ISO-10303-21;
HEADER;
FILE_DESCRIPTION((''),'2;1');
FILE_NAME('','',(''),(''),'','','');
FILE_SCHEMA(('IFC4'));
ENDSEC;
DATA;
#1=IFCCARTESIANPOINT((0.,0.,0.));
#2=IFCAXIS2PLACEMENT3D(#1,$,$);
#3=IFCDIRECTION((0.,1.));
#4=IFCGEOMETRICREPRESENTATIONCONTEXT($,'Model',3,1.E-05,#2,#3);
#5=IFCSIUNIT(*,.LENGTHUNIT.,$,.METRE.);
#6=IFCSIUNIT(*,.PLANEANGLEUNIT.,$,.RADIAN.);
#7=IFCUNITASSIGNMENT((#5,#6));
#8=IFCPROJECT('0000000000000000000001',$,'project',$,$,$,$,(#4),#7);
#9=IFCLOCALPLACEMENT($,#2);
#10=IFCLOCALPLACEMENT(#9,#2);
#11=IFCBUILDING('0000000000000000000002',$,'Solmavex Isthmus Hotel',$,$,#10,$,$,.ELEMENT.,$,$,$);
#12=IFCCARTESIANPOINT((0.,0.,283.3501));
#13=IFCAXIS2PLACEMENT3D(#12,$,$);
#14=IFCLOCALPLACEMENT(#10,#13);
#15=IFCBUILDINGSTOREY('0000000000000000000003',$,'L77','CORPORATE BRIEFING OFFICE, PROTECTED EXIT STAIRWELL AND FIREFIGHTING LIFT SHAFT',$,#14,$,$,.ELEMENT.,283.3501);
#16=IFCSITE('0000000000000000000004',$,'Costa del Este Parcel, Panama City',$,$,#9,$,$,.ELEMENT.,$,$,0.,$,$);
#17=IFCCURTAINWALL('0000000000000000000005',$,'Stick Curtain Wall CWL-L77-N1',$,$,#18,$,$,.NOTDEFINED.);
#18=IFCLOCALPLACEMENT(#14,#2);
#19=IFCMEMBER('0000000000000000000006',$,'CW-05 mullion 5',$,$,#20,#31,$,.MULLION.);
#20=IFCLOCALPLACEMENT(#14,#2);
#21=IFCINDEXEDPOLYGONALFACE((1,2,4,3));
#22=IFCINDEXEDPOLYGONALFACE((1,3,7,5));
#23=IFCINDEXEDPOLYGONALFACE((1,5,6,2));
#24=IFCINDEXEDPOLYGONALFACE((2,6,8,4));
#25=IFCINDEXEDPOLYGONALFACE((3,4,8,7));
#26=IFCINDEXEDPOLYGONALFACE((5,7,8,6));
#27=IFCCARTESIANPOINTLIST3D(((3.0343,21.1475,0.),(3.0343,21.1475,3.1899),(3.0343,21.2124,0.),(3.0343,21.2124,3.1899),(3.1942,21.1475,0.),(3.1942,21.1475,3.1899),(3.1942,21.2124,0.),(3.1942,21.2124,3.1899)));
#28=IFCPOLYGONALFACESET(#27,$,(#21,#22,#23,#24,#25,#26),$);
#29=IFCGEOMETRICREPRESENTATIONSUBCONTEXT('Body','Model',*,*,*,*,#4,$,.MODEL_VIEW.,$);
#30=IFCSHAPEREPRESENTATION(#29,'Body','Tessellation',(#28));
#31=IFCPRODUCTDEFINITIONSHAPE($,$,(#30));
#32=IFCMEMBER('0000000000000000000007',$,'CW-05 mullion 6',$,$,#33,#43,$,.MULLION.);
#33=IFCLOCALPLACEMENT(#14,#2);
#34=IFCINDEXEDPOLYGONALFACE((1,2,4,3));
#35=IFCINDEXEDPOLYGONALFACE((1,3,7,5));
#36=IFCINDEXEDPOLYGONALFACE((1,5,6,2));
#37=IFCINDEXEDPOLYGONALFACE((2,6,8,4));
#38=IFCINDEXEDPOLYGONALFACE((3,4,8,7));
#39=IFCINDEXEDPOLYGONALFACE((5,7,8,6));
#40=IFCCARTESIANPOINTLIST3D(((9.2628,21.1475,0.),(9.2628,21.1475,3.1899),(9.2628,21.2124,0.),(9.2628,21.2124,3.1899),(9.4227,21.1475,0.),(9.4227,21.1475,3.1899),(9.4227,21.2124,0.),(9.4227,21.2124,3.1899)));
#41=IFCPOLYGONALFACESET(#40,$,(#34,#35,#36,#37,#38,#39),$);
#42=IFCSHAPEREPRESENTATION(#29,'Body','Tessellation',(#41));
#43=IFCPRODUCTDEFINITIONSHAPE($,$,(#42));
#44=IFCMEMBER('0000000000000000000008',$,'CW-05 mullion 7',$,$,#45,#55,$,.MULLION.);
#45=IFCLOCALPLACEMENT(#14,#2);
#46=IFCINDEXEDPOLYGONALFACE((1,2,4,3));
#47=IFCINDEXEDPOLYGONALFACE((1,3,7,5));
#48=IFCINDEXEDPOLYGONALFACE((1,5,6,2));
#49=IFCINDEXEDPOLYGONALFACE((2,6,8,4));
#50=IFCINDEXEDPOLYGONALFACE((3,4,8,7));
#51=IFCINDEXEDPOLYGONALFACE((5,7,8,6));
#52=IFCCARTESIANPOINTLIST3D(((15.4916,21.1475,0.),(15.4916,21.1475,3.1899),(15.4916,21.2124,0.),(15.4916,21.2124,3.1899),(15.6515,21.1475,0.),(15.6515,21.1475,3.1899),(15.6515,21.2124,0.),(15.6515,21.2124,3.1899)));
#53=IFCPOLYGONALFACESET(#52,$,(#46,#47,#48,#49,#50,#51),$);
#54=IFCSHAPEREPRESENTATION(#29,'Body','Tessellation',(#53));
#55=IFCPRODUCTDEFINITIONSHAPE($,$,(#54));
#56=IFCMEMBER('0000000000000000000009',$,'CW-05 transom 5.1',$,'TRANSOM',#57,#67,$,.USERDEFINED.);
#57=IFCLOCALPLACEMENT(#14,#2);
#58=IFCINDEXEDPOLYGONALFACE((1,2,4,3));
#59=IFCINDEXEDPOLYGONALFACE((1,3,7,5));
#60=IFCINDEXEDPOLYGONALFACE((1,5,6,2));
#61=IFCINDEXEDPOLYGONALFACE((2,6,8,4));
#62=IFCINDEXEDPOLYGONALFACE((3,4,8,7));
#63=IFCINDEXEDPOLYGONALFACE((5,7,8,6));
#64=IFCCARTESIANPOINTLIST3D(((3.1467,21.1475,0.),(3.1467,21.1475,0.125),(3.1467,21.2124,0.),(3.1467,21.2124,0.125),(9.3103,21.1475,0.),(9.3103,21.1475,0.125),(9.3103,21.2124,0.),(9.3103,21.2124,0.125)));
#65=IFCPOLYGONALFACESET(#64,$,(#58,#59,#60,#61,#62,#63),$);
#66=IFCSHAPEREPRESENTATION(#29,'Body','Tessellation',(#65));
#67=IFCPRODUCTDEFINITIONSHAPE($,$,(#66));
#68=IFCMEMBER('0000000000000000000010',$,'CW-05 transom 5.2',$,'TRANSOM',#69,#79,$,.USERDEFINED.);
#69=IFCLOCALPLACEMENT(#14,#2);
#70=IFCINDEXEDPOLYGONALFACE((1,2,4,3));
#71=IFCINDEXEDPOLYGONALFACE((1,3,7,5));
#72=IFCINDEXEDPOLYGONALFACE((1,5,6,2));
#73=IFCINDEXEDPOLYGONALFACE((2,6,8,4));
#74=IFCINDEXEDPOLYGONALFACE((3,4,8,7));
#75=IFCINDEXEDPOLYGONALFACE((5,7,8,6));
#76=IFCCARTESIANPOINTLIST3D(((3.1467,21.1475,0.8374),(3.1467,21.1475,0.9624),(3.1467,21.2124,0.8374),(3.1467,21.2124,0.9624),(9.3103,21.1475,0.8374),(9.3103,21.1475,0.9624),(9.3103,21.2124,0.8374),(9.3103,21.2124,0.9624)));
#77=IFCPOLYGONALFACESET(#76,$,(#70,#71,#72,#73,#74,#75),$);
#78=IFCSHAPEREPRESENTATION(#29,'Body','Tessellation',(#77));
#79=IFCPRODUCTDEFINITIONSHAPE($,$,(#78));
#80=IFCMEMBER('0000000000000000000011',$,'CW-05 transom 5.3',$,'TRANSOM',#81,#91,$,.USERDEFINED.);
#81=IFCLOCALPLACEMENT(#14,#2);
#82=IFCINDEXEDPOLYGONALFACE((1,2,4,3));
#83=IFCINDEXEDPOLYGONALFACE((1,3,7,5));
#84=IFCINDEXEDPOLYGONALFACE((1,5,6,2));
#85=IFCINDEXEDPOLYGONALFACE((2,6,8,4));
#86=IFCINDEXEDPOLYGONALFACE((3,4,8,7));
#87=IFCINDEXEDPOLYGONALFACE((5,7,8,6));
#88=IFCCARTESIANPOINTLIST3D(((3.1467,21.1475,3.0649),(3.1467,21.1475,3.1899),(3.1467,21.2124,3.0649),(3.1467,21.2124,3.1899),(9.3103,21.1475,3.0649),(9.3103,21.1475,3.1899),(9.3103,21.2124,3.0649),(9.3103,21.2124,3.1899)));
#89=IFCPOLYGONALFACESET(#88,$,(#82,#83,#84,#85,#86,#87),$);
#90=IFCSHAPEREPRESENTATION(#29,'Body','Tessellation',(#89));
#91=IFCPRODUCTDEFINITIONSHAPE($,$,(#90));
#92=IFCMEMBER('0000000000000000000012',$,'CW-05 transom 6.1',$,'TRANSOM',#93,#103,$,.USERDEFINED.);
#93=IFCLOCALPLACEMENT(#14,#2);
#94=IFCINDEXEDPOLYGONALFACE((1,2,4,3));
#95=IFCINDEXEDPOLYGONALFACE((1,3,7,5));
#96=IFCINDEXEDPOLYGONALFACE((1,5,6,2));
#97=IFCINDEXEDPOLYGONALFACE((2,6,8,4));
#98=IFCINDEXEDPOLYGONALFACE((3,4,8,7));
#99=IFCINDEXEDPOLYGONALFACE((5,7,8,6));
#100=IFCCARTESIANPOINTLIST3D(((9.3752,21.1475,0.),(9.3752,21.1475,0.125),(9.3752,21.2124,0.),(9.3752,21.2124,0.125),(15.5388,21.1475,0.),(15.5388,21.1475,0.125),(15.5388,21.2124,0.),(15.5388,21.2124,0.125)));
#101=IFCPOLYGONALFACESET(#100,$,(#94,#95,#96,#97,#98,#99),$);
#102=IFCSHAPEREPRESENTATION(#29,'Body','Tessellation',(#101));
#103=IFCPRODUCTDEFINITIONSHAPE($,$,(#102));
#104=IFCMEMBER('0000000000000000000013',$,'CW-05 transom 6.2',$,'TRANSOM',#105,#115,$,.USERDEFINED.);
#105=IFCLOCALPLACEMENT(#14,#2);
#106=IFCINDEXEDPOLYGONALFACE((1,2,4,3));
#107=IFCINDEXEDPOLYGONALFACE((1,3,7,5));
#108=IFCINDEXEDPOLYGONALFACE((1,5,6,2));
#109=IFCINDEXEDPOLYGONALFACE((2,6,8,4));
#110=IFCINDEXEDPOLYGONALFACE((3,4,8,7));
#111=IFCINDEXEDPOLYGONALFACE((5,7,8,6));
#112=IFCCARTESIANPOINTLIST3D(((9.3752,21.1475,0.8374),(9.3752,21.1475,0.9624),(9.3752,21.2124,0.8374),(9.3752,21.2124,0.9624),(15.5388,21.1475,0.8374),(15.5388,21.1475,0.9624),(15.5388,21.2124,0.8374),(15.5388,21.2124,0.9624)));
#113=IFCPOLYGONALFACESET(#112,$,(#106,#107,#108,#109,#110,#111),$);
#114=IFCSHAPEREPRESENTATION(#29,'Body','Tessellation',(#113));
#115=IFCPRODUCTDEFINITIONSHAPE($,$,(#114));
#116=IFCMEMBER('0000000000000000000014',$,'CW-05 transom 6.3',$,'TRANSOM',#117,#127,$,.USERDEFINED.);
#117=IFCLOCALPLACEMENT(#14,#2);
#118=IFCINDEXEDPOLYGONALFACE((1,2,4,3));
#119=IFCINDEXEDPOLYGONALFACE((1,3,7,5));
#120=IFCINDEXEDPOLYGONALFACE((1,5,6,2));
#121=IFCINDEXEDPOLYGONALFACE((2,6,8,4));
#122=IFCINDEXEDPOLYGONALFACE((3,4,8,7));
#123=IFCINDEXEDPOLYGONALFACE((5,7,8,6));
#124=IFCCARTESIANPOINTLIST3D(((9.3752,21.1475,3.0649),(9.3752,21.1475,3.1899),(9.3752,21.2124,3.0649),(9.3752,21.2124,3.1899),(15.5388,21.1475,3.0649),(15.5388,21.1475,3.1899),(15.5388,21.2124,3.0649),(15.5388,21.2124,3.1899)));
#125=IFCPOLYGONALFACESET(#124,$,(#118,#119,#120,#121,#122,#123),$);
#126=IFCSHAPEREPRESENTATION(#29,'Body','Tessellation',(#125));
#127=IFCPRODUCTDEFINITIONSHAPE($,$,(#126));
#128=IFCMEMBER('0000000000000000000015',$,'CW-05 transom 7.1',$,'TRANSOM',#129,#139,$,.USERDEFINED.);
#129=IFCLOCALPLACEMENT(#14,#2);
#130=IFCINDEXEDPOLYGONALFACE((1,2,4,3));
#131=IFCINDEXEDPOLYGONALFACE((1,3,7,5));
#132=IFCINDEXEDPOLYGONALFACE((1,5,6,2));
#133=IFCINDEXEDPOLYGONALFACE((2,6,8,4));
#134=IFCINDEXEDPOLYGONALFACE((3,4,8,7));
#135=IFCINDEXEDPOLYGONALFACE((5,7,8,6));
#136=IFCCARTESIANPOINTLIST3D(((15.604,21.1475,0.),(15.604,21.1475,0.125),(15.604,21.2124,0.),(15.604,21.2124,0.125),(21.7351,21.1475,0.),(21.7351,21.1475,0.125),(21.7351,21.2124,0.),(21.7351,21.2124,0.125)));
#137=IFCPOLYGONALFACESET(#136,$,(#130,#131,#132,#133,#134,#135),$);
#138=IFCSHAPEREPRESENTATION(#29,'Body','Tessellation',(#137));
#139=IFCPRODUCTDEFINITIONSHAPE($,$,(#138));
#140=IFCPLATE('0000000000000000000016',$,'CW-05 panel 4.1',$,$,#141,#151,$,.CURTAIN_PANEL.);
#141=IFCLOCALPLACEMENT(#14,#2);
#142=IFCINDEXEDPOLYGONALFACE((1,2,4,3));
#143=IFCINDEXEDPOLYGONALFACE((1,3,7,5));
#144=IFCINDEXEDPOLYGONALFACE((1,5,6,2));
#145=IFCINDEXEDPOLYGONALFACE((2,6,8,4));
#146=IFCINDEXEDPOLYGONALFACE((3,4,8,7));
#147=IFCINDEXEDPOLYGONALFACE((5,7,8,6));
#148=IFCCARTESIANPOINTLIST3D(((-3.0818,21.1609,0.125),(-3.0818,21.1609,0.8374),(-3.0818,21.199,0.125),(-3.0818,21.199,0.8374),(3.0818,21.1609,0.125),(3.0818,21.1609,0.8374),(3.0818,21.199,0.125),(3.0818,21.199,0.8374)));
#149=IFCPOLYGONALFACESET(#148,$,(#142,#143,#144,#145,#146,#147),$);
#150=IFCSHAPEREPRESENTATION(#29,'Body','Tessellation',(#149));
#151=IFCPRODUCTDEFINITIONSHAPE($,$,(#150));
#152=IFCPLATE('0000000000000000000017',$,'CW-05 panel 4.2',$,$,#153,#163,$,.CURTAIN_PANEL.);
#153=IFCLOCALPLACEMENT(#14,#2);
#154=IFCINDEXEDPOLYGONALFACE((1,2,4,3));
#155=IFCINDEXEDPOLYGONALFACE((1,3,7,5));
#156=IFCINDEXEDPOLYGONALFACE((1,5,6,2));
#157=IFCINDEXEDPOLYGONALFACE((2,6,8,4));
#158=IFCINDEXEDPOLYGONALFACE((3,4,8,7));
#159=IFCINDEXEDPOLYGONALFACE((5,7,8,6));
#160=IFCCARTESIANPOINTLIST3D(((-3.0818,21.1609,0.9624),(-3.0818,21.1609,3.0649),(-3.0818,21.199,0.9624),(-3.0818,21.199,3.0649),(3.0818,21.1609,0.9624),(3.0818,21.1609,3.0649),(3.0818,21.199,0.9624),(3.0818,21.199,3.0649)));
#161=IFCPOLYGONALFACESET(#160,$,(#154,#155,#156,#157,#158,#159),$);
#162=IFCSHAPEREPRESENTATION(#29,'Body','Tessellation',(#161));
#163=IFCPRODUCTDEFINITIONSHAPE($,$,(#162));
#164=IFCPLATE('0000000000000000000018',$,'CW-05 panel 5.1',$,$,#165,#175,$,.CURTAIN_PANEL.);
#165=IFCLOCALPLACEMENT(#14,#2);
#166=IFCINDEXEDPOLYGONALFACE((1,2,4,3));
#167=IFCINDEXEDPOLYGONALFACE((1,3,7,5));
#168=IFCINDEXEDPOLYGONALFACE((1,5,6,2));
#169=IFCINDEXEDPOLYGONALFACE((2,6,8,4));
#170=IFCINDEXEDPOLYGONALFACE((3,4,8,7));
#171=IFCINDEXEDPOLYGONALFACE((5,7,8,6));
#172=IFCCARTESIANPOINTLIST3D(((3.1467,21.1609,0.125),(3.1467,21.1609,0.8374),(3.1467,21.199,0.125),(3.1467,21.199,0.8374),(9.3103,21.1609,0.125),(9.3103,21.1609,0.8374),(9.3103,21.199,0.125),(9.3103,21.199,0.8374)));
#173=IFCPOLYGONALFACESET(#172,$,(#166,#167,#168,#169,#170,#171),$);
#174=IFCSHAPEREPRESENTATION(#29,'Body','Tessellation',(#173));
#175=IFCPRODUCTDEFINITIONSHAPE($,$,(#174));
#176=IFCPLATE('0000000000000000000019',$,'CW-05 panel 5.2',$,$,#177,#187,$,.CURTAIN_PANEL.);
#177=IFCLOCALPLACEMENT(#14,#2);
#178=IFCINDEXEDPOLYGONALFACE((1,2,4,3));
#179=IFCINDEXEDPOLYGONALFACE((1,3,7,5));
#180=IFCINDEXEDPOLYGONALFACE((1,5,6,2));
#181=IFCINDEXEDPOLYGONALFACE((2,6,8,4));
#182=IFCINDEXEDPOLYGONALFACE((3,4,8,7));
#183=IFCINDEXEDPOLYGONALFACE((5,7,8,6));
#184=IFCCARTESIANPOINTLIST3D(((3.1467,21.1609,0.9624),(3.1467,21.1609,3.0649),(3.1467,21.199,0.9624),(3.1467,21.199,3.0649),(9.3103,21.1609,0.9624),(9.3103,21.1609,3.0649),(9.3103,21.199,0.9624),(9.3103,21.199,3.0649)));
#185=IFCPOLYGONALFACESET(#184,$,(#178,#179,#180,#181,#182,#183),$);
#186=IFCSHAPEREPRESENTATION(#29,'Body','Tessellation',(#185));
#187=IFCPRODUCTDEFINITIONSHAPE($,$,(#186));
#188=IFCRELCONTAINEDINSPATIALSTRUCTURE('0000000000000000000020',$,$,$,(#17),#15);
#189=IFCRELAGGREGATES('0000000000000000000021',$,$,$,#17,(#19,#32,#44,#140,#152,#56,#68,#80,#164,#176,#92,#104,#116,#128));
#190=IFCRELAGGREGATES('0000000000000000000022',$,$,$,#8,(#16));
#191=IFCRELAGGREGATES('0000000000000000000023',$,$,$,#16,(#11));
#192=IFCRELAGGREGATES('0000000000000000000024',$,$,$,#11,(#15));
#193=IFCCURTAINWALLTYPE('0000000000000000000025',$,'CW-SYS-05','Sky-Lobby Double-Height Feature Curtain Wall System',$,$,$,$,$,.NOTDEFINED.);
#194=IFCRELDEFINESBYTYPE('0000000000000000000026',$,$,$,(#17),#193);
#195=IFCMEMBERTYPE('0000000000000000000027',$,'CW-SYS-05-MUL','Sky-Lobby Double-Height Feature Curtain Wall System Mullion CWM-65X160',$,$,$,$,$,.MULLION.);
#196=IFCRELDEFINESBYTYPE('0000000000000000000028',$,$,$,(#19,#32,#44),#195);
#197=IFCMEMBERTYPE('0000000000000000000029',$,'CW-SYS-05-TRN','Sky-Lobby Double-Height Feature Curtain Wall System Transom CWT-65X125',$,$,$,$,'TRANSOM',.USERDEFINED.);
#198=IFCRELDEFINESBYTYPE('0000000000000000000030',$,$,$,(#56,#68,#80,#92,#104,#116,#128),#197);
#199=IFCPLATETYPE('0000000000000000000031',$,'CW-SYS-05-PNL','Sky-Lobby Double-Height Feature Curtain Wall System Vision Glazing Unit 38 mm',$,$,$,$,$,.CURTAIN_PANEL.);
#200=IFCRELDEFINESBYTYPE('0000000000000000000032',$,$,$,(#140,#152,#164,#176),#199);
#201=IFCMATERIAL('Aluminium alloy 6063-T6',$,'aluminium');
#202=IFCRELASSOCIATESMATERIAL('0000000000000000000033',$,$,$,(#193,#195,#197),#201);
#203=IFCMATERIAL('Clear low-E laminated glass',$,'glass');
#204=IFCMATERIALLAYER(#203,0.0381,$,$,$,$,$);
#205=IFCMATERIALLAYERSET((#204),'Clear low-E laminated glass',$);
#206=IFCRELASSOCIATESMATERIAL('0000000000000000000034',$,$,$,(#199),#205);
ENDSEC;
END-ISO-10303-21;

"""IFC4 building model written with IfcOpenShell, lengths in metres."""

from ifc_helpers import new_model, si_unit, direction, frame, origin, origin_2d, place, context, subcontext, project, spatial, rectangle, extrude, material, layer, layer_set, material_profile, profile_set, type_object, element, aggregate, save


model = new_model("IFC4")

# Units and contexts
model_context = context("Model", 3, precision=1e-05, world=origin(), true_north=direction((0.0, 1.0)))
body_context = subcontext(model_context, "Body", "Model", "MODEL_VIEW")
ifc_project = project(units=[si_unit("LENGTHUNIT", "METRE"), si_unit("PLANEANGLEUNIT", "RADIAN")], contexts=[model_context])

# Site, building, storey
site_placement = place(None, origin())
site = spatial("IfcSite", under=ifc_project, at=site_placement, Name="Costa del Este Parcel, Panama City", CompositionType="ELEMENT", RefElevation=0.0)
building_placement = place(site_placement, origin())
building = spatial("IfcBuilding", under=site, at=building_placement, Name="Solmavex Isthmus Hotel", CompositionType="ELEMENT")
storey_placement = place(building_placement, frame((0.0, 0.0, 283.3501)))
storey = spatial("IfcBuildingStorey", under=building, at=storey_placement, Name="L77", Description="CORPORATE BRIEFING OFFICE, PROTECTED EXIT STAIRWELL AND FIREFIGHTING LIFT SHAFT", CompositionType="ELEMENT", Elevation=283.3501)

# Curtain wall, members, plates
ifc_material_1 = material(Name="Aluminium alloy 6063-T6", Category="aluminium")
curtain_wall_type = type_object("IfcCurtainWallType", Name="CW-SYS-05", Description="Sky-Lobby Double-Height Feature Curtain Wall System", PredefinedType="NOTDEFINED", material=ifc_material_1)
curtain_wall_placement = place(storey_placement, origin())
curtain_wall = element("IfcCurtainWall", 1, at=curtain_wall_placement, inside=storey, type_object=curtain_wall_type, Name="Stick Curtain Wall CWL-L77-N1", PredefinedType="NOTDEFINED")
ifc_material_profile_1 = material_profile(ifc_material_1, rectangle(XDim=0.0649, YDim=0.1599, at=origin_2d()), Name="CWM-65X160")
ifc_profile_set_1 = profile_set([ifc_material_profile_1], Name="Aluminium alloy 6063-T6")
member_type_1 = type_object("IfcMemberType", Name="CW-SYS-05-MUL", Description="Sky-Lobby Double-Height Feature Curtain Wall System Mullion CWM-65X160", PredefinedType="MULLION", material=ifc_profile_set_1)
member_1_placement = place(storey_placement, frame((3.1143, 21.1799, 0.0), z_axis=(0.0, 0.0, 1.0), x_axis=(0.0, 1.0, 0.0)))
member_1 = element("IfcMember", 2, at=member_1_placement, type_object=member_type_1, Name="CW-05 mullion 5", PredefinedType="MULLION", context=body_context, shape_type="SweptSolid", body=[
    extrude(rectangle(XDim=0.0649, YDim=0.1599, at=origin_2d()), origin(), (0.0, 0.0, 1.0), 3.1899),
])
member_2_placement = place(storey_placement, frame((9.3428, 21.1799, 0.0), z_axis=(0.0, 0.0, 1.0), x_axis=(0.0, 1.0, 0.0)))
member_2 = element("IfcMember", 3, at=member_2_placement, type_object=member_type_1, Name="CW-05 mullion 6", PredefinedType="MULLION", context=body_context, shape_type="SweptSolid", body=[
    extrude(rectangle(XDim=0.0649, YDim=0.1599, at=origin_2d()), origin(), (0.0, 0.0, 1.0), 3.1899),
])
member_3_placement = place(storey_placement, frame((15.5715, 21.1799, 0.0), z_axis=(0.0, 0.0, 1.0), x_axis=(0.0, 1.0, 0.0)))
member_3 = element("IfcMember", 4, at=member_3_placement, type_object=member_type_1, Name="CW-05 mullion 7", PredefinedType="MULLION", context=body_context, shape_type="SweptSolid", body=[
    extrude(rectangle(XDim=0.0649, YDim=0.1599, at=origin_2d()), origin(), (0.0, 0.0, 1.0), 3.1899),
])
ifc_material_profile_2 = material_profile(ifc_material_1, rectangle(XDim=0.0649, YDim=0.125, at=origin_2d()), Name="CWT-65X125")
ifc_profile_set_2 = profile_set([ifc_material_profile_2], Name="Aluminium alloy 6063-T6")
member_type_2 = type_object("IfcMemberType", Name="CW-SYS-05-TRN", Description="Sky-Lobby Double-Height Feature Curtain Wall System Transom CWT-65X125", ElementType="TRANSOM", PredefinedType="USERDEFINED", material=ifc_profile_set_2)
member_4_placement = place(storey_placement, frame((3.1467, 21.1799, 0.0625), z_axis=(1.0, 0.0, 0.0), x_axis=(0.0, 1.0, 0.0)))
member_4 = element("IfcMember", 5, at=member_4_placement, type_object=member_type_2, Name="CW-05 transom 5.1", ObjectType="TRANSOM", PredefinedType="USERDEFINED", context=body_context, shape_type="SweptSolid", body=[
    extrude(rectangle(XDim=0.0649, YDim=0.125, at=origin_2d()), origin(), (0.0, 0.0, 1.0), 6.1636),
])
member_5_placement = place(storey_placement, frame((3.1467, 21.1799, 0.8999), z_axis=(1.0, 0.0, 0.0), x_axis=(0.0, 1.0, 0.0)))
member_5 = element("IfcMember", 6, at=member_5_placement, type_object=member_type_2, Name="CW-05 transom 5.2", ObjectType="TRANSOM", PredefinedType="USERDEFINED", context=body_context, shape_type="SweptSolid", body=[
    extrude(rectangle(XDim=0.0649, YDim=0.125, at=origin_2d()), origin(), (0.0, 0.0, 1.0), 6.1636),
])
member_6_placement = place(storey_placement, frame((3.1467, 21.1799, 3.1274), z_axis=(1.0, 0.0, 0.0), x_axis=(0.0, 1.0, 0.0)))
member_6 = element("IfcMember", 7, at=member_6_placement, type_object=member_type_2, Name="CW-05 transom 5.3", ObjectType="TRANSOM", PredefinedType="USERDEFINED", context=body_context, shape_type="SweptSolid", body=[
    extrude(rectangle(XDim=0.0649, YDim=0.125, at=origin_2d()), origin(), (0.0, 0.0, 1.0), 6.1636),
])
member_7_placement = place(storey_placement, frame((9.3752, 21.1799, 0.0625), z_axis=(1.0, 0.0, 0.0), x_axis=(0.0, 1.0, 0.0)))
member_7 = element("IfcMember", 8, at=member_7_placement, type_object=member_type_2, Name="CW-05 transom 6.1", ObjectType="TRANSOM", PredefinedType="USERDEFINED", context=body_context, shape_type="SweptSolid", body=[
    extrude(rectangle(XDim=0.0649, YDim=0.125, at=origin_2d()), origin(), (0.0, 0.0, 1.0), 6.1636),
])
member_8_placement = place(storey_placement, frame((9.3752, 21.1799, 0.8999), z_axis=(1.0, 0.0, 0.0), x_axis=(0.0, 1.0, 0.0)))
member_8 = element("IfcMember", 9, at=member_8_placement, type_object=member_type_2, Name="CW-05 transom 6.2", ObjectType="TRANSOM", PredefinedType="USERDEFINED", context=body_context, shape_type="SweptSolid", body=[
    extrude(rectangle(XDim=0.0649, YDim=0.125, at=origin_2d()), origin(), (0.0, 0.0, 1.0), 6.1636),
])
member_9_placement = place(storey_placement, frame((9.3752, 21.1799, 3.1274), z_axis=(1.0, 0.0, 0.0), x_axis=(0.0, 1.0, 0.0)))
member_9 = element("IfcMember", 10, at=member_9_placement, type_object=member_type_2, Name="CW-05 transom 6.3", ObjectType="TRANSOM", PredefinedType="USERDEFINED", context=body_context, shape_type="SweptSolid", body=[
    extrude(rectangle(XDim=0.0649, YDim=0.125, at=origin_2d()), origin(), (0.0, 0.0, 1.0), 6.1636),
])
member_10_placement = place(storey_placement, frame((15.604, 21.1799, 0.0625), z_axis=(1.0, 0.0, 0.0), x_axis=(0.0, 1.0, 0.0)))
member_10 = element("IfcMember", 11, at=member_10_placement, type_object=member_type_2, Name="CW-05 transom 7.1", ObjectType="TRANSOM", PredefinedType="USERDEFINED", context=body_context, shape_type="SweptSolid", body=[
    extrude(rectangle(XDim=0.0649, YDim=0.125, at=origin_2d()), origin(), (0.0, 0.0, 1.0), 6.1311),
])
ifc_material_2 = material(Name="Clear low-E laminated glass", Category="glass")
ifc_layer_1 = layer(ifc_material_2, 0.0381)
ifc_layer_set_1 = layer_set([ifc_layer_1], Name="Clear low-E laminated glass")
plate_type = type_object("IfcPlateType", Name="CW-SYS-05-PNL", Description="Sky-Lobby Double-Height Feature Curtain Wall System Vision Glazing Unit 38 mm", PredefinedType="CURTAIN_PANEL", material=ifc_layer_set_1)
plate_1_placement = place(storey_placement, frame((0.0, 21.1799, 0.125), z_axis=(0.0, 0.0, 1.0), x_axis=(1.0, 0.0, 0.0)))
plate_1 = element("IfcPlate", 12, at=plate_1_placement, type_object=plate_type, Name="CW-05 panel 4.1", PredefinedType="CURTAIN_PANEL", context=body_context, shape_type="SweptSolid", body=[
    extrude(rectangle(XDim=6.1636, YDim=0.0381, at=origin_2d()), origin(), (0.0, 0.0, 1.0), 0.7124),
])
plate_2_placement = place(storey_placement, frame((0.0, 21.1799, 0.9624), z_axis=(0.0, 0.0, 1.0), x_axis=(1.0, 0.0, 0.0)))
plate_2 = element("IfcPlate", 13, at=plate_2_placement, type_object=plate_type, Name="CW-05 panel 4.2", PredefinedType="CURTAIN_PANEL", context=body_context, shape_type="SweptSolid", body=[
    extrude(rectangle(XDim=6.1636, YDim=0.0381, at=origin_2d()), origin(), (0.0, 0.0, 1.0), 2.1025),
])
plate_3_placement = place(storey_placement, frame((6.2285, 21.1799, 0.125), z_axis=(0.0, 0.0, 1.0), x_axis=(1.0, 0.0, 0.0)))
plate_3 = element("IfcPlate", 14, at=plate_3_placement, type_object=plate_type, Name="CW-05 panel 5.1", PredefinedType="CURTAIN_PANEL", context=body_context, shape_type="SweptSolid", body=[
    extrude(rectangle(XDim=6.1636, YDim=0.0381, at=origin_2d()), origin(), (0.0, 0.0, 1.0), 0.7124),
])
plate_4_placement = place(storey_placement, frame((6.2285, 21.1799, 0.9624), z_axis=(0.0, 0.0, 1.0), x_axis=(1.0, 0.0, 0.0)))
plate_4 = element("IfcPlate", 15, at=plate_4_placement, type_object=plate_type, Name="CW-05 panel 5.2", PredefinedType="CURTAIN_PANEL", context=body_context, shape_type="SweptSolid", body=[
    extrude(rectangle(XDim=6.1636, YDim=0.0381, at=origin_2d()), origin(), (0.0, 0.0, 1.0), 2.1025),
])
aggregate(curtain_wall, [member_1, member_2, member_3, plate_1, plate_2, member_4, member_5, member_6, plate_3, plate_4, member_7, member_8, member_9, member_10])

save(model, "model.ifc")
